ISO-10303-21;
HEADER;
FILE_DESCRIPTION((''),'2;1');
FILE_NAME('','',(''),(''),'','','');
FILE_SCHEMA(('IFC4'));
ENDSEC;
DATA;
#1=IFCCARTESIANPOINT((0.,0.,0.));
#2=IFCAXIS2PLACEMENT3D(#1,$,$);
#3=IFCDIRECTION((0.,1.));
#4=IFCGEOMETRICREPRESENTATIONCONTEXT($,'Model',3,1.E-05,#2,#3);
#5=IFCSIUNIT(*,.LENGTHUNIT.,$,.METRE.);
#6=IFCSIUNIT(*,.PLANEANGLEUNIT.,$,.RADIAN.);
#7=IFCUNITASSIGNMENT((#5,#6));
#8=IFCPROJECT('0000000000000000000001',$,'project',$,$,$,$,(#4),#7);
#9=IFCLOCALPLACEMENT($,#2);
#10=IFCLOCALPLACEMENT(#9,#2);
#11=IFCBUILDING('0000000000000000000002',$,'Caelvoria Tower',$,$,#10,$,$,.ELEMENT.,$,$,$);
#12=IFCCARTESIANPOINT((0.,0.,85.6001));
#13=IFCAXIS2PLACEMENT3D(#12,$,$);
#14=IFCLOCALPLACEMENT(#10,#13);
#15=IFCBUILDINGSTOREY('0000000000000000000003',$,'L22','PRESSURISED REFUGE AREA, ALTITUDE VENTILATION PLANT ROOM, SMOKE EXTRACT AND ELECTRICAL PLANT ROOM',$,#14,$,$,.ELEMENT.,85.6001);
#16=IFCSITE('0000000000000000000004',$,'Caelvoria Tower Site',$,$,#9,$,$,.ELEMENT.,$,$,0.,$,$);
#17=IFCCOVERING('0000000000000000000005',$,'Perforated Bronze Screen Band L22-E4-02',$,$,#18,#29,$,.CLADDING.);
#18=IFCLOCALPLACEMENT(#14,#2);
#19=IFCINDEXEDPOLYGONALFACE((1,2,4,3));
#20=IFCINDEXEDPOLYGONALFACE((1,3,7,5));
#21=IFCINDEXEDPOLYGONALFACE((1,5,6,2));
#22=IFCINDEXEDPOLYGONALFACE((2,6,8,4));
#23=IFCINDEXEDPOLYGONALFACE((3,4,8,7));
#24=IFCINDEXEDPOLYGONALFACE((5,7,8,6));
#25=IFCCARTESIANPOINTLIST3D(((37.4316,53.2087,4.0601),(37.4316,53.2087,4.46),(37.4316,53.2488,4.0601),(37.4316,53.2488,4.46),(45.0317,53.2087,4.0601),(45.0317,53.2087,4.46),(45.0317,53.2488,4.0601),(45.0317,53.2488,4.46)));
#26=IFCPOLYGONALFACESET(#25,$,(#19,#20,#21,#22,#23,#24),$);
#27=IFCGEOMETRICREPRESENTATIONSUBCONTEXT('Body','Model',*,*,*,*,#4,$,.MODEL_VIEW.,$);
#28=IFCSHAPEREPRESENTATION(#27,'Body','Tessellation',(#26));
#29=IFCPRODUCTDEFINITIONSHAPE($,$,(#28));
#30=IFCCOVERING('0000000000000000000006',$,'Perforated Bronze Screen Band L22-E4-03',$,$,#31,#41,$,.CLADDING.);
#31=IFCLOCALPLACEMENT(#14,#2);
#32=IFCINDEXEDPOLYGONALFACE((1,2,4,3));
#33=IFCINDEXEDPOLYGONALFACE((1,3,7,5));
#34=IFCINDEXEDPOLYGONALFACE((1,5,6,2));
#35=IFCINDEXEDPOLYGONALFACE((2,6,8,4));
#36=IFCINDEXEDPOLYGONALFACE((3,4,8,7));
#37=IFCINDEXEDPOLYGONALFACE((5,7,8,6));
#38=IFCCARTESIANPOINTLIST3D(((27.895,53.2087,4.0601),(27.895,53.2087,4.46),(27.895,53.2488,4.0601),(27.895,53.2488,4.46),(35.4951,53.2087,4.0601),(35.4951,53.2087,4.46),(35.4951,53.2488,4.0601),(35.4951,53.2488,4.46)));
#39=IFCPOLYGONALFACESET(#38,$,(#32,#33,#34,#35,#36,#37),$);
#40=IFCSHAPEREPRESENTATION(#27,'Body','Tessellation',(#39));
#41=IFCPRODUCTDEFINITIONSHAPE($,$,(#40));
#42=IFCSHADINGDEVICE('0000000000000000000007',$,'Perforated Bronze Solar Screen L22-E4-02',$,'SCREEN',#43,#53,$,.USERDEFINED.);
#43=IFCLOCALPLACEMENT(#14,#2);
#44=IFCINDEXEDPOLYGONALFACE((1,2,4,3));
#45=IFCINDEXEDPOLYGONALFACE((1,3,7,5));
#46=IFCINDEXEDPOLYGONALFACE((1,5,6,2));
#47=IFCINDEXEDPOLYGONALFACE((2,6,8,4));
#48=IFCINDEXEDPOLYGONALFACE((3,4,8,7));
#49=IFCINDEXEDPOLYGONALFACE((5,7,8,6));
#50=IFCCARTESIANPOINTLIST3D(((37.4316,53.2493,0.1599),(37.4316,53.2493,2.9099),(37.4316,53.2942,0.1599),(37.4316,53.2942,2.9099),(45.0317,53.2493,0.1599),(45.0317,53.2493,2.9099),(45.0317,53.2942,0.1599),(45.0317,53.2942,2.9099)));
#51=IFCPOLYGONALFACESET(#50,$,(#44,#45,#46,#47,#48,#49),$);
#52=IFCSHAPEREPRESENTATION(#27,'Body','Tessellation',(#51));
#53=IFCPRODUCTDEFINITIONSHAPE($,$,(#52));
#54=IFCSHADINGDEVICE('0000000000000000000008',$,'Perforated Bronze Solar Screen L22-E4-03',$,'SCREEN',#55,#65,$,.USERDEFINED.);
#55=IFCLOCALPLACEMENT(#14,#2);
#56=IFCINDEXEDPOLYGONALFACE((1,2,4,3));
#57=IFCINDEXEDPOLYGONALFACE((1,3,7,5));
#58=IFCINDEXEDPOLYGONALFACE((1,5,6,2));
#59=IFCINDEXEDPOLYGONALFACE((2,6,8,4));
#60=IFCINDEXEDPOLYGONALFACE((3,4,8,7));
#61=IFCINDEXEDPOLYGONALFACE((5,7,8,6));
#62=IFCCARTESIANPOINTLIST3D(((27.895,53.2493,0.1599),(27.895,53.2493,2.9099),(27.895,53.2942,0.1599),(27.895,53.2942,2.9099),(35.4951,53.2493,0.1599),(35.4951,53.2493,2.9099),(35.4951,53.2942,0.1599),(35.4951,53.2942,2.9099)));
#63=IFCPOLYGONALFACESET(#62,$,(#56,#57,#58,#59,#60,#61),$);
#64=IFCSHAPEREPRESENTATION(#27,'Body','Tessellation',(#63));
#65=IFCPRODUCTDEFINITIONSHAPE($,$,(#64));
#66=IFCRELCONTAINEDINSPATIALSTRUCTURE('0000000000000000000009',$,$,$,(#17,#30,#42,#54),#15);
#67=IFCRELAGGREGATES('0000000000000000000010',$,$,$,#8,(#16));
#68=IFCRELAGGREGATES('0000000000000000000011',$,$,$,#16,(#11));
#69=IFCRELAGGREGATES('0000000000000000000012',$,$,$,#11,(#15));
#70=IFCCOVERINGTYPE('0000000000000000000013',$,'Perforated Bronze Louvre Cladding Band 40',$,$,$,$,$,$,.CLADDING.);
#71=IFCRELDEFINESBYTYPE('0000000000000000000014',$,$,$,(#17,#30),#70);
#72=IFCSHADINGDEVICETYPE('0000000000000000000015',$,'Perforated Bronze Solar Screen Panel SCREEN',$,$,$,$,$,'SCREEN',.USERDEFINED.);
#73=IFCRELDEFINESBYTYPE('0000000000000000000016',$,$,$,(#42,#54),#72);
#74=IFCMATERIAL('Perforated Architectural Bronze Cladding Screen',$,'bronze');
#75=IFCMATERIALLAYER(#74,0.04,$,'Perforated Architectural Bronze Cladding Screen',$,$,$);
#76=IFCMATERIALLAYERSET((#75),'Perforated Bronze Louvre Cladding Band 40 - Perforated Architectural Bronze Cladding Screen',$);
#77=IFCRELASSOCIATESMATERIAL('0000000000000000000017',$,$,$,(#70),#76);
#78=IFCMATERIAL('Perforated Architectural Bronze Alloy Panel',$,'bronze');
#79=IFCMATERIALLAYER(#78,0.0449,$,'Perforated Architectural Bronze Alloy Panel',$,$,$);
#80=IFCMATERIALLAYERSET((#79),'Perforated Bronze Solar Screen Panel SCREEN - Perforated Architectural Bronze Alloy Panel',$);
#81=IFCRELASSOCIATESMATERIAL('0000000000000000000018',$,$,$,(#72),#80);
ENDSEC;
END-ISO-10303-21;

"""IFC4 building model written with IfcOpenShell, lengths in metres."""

from ifc_helpers import new_model, si_unit, direction, frame, origin, origin_2d, place, context, subcontext, project, spatial, rectangle, extrude, material, layer, layer_set, type_object, element, save


model = new_model("IFC4")

# Units and contexts
model_context = context("Model", 3, precision=1e-05, world=origin(), true_north=direction((0.0, 1.0)))
body_context = subcontext(model_context, "Body", "Model", "MODEL_VIEW")
ifc_project = project(units=[si_unit("LENGTHUNIT", "METRE"), si_unit("PLANEANGLEUNIT", "RADIAN")], contexts=[model_context])

# Site, building, storey
site_placement = place(None, origin())
site = spatial("IfcSite", under=ifc_project, at=site_placement, Name="Caelvoria Tower Site", CompositionType="ELEMENT", RefElevation=0.0)
building_placement = place(site_placement, origin())
building = spatial("IfcBuilding", under=site, at=building_placement, Name="Caelvoria Tower", CompositionType="ELEMENT")
storey_placement = place(building_placement, frame((0.0, 0.0, 85.6001)))
storey = spatial("IfcBuildingStorey", under=building, at=storey_placement, Name="L22", Description="PRESSURISED REFUGE AREA, ALTITUDE VENTILATION PLANT ROOM, SMOKE EXTRACT AND ELECTRICAL PLANT ROOM", CompositionType="ELEMENT", Elevation=85.6001)

# Coverings
ifc_material_1 = material(Name="Perforated Architectural Bronze Cladding Screen", Category="bronze")
ifc_layer_1 = layer(ifc_material_1, 0.04, Name="Perforated Architectural Bronze Cladding Screen")
ifc_layer_set_1 = layer_set([ifc_layer_1], Name="Perforated Bronze Louvre Cladding Band 40 - Perforated Architectural Bronze Cladding Screen")
covering_type = type_object("IfcCoveringType", Name="Perforated Bronze Louvre Cladding Band 40", PredefinedType="CLADDING", material=ifc_layer_set_1)
for number, where, z_axis, x_axis, name in (
    (1, (41.2317, 53.2288, 4.0601), (0.0, 0.0, 1.0), (-1.0, 0.0, 0.0), "Perforated Bronze Screen Band L22-E4-02"),
    (2, (31.6951, 53.2288, 4.0601), (0.0, 0.0, 1.0), (-1.0, 0.0, 0.0), "Perforated Bronze Screen Band L22-E4-03"),
):
    element("IfcCovering", number, at=place(storey_placement, frame(where, z_axis=z_axis, x_axis=x_axis)), inside=storey, type_object=covering_type, Name=name, PredefinedType="CLADDING", context=body_context, shape_type="SweptSolid", body=[
        extrude(rectangle(XDim=7.6001, YDim=0.04, at=origin_2d()), origin(), (0.0, 0.0, 1.0), 0.3999),
    ])

# Shading devices
ifc_material_2 = material(Name="Perforated Architectural Bronze Alloy Panel", Category="bronze")
ifc_layer_2 = layer(ifc_material_2, 0.0449, Name="Perforated Architectural Bronze Alloy Panel")
ifc_layer_set_2 = layer_set([ifc_layer_2], Name="Perforated Bronze Solar Screen Panel SCREEN - Perforated Architectural Bronze Alloy Panel")
shading_device_type = type_object("IfcShadingDeviceType", Name="Perforated Bronze Solar Screen Panel SCREEN", ElementType="SCREEN", PredefinedType="USERDEFINED", material=ifc_layer_set_2)
for number, where, z_axis, x_axis, name in (
    (3, (41.2317, 53.2717, 0.1599), (0.0, 0.0, 1.0), (-1.0, 0.0, 0.0), "Perforated Bronze Solar Screen L22-E4-02"),
    (4, (31.6951, 53.2717, 0.1599), (0.0, 0.0, 1.0), (-1.0, 0.0, 0.0), "Perforated Bronze Solar Screen L22-E4-03"),
):
    element("IfcShadingDevice", number, at=place(storey_placement, frame(where, z_axis=z_axis, x_axis=x_axis)), inside=storey, type_object=shading_device_type, Name=name, ObjectType="SCREEN", PredefinedType="USERDEFINED", context=body_context, shape_type="SweptSolid", body=[
        extrude(rectangle(XDim=7.6001, YDim=0.0449, at=origin_2d()), origin(), (0.0, 0.0, 1.0), 2.75),
    ])

save(model, "model.ifc")
